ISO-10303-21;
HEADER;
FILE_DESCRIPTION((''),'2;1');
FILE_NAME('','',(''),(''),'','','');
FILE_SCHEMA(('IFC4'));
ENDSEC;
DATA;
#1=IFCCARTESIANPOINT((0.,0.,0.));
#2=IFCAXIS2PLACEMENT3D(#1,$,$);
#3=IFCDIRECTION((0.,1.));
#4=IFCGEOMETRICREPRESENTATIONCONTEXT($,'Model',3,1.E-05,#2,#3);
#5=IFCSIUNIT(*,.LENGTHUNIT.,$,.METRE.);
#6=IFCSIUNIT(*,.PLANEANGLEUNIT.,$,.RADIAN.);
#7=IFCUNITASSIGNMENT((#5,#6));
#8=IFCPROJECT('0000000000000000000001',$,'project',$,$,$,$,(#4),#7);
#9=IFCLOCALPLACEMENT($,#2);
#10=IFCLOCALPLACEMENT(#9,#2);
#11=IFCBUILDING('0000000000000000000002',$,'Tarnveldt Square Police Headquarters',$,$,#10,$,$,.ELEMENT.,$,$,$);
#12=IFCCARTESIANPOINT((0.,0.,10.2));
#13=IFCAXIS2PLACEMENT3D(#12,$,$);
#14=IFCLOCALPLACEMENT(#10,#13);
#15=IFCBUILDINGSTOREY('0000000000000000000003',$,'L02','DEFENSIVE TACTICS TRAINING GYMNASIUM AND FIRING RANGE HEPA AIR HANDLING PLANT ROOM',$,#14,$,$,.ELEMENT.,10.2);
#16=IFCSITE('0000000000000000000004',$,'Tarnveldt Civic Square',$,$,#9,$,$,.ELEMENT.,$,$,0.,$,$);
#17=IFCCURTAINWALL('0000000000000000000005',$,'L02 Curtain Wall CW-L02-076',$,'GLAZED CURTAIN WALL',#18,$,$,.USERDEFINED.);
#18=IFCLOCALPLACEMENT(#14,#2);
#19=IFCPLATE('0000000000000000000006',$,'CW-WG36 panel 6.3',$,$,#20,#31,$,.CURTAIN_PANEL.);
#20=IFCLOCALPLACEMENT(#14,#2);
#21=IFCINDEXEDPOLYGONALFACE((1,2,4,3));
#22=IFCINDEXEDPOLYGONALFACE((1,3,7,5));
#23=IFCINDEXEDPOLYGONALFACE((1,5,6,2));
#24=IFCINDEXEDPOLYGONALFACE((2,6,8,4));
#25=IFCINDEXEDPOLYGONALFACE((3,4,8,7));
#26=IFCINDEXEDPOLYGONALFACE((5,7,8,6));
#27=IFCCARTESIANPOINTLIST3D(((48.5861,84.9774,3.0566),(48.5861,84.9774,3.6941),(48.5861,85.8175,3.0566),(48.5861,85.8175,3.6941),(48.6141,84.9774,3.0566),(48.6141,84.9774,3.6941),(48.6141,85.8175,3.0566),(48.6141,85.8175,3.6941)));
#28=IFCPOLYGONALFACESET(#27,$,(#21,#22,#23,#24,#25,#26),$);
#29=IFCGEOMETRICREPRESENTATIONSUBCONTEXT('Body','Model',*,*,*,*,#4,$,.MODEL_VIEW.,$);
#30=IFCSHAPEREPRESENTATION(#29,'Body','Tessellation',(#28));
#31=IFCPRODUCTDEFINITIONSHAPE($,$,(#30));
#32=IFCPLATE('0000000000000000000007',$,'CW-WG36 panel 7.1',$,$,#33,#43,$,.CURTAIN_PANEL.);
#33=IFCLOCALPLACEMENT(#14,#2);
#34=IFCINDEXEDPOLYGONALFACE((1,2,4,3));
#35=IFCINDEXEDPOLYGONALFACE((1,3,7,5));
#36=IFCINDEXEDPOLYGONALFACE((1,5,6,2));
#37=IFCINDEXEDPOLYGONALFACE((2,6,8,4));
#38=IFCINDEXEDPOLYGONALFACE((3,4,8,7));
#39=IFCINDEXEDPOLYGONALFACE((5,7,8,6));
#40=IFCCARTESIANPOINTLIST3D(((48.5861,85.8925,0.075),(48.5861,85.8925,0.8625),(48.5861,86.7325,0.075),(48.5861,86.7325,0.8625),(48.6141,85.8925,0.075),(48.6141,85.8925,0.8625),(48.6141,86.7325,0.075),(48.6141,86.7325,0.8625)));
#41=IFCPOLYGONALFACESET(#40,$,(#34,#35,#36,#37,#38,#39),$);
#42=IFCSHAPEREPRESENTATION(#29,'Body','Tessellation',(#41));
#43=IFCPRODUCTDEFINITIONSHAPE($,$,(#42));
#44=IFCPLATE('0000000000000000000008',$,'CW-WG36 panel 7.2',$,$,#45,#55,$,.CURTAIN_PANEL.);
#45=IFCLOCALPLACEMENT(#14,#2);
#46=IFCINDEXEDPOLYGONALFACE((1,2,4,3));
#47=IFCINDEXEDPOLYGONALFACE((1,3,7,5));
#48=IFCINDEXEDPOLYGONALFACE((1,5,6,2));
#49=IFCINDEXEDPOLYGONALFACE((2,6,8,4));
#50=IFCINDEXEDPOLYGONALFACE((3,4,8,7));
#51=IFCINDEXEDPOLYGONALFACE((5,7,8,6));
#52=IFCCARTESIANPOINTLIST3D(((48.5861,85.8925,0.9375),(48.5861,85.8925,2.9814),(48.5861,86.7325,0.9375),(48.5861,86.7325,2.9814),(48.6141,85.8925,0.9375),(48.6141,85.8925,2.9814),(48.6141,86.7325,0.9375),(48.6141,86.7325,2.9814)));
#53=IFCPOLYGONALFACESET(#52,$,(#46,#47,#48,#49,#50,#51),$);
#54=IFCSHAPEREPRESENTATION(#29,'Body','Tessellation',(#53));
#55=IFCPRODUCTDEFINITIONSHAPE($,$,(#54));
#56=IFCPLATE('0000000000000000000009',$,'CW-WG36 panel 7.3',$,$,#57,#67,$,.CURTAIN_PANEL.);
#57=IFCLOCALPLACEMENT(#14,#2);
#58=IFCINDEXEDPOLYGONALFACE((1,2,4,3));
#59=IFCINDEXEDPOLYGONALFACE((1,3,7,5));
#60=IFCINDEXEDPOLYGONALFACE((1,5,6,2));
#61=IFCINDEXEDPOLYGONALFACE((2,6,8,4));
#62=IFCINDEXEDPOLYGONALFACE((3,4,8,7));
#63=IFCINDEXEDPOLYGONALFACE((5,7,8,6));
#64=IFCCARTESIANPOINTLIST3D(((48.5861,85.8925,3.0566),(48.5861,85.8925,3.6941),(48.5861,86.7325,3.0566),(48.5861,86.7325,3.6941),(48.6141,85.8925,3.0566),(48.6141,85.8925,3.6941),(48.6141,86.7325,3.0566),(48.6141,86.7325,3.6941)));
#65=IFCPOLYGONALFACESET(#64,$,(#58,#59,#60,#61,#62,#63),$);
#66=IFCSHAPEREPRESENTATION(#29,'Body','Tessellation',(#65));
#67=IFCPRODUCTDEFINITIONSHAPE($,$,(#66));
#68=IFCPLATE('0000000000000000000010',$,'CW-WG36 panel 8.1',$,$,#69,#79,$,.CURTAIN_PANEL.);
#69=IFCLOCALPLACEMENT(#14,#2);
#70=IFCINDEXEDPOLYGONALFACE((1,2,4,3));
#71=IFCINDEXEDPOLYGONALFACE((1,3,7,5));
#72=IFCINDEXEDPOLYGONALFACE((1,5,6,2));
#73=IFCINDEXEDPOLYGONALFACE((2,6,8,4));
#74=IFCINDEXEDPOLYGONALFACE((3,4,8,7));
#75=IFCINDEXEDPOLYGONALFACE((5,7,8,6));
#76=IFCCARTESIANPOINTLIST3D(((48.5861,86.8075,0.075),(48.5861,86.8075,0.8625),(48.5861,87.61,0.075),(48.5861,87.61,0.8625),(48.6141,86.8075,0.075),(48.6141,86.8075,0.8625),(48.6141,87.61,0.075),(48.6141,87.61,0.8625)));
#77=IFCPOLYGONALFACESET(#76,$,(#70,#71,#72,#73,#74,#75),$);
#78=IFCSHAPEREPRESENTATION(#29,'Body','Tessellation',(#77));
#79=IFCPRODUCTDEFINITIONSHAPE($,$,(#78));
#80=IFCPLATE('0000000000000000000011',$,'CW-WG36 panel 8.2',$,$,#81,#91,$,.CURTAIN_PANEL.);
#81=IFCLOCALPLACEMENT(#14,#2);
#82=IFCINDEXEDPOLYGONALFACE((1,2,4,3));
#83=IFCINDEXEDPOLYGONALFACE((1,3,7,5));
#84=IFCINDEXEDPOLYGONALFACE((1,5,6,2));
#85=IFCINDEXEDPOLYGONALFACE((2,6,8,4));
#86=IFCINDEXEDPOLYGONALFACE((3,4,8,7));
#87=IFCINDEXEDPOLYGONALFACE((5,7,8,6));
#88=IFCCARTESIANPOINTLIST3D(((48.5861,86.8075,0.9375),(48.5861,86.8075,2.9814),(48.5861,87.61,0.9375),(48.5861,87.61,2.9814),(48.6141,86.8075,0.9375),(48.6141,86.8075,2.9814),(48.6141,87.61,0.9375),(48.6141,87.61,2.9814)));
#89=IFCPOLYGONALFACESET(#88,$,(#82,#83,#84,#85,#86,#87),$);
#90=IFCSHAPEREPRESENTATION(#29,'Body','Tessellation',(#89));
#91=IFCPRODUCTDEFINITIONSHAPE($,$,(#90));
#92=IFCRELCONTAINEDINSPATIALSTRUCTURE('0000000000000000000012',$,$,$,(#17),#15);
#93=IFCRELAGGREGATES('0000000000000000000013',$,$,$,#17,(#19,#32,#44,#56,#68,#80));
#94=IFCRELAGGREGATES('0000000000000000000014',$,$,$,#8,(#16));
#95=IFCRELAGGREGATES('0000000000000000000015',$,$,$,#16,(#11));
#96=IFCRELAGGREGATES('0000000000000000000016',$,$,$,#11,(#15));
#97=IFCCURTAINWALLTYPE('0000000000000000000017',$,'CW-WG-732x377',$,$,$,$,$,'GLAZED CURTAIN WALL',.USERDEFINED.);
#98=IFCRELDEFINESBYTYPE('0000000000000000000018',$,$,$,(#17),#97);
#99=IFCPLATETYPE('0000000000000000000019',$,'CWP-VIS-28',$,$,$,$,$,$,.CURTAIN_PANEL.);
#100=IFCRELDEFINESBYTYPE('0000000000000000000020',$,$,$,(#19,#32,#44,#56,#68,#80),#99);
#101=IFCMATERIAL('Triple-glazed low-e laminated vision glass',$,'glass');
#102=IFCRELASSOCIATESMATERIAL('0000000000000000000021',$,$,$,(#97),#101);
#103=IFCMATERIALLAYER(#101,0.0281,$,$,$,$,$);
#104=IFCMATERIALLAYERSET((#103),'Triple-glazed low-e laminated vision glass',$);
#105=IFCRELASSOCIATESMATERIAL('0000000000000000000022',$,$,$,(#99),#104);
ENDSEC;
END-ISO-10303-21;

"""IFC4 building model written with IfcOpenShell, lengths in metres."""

from ifc_helpers import new_model, si_unit, direction, frame, origin, origin_2d, place, context, subcontext, project, spatial, rectangle, extrude, material, layer, layer_set, type_object, element, aggregate, save


model = new_model("IFC4")

# Units and contexts
model_context = context("Model", 3, precision=1e-05, world=origin(), true_north=direction((0.0, 1.0)))
body_context = subcontext(model_context, "Body", "Model", "MODEL_VIEW")
ifc_project = project(units=[si_unit("LENGTHUNIT", "METRE"), si_unit("PLANEANGLEUNIT", "RADIAN")], contexts=[model_context])

# Site, building, storey
site_placement = place(None, origin())
site = spatial("IfcSite", under=ifc_project, at=site_placement, Name="Tarnveldt Civic Square", CompositionType="ELEMENT", RefElevation=0.0)
building_placement = place(site_placement, origin())
building = spatial("IfcBuilding", under=site, at=building_placement, Name="Tarnveldt Square Police Headquarters", CompositionType="ELEMENT")
storey_placement = place(building_placement, frame((0.0, 0.0, 10.2)))
storey = spatial("IfcBuildingStorey", under=building, at=storey_placement, Name="L02", Description="DEFENSIVE TACTICS TRAINING GYMNASIUM AND FIRING RANGE HEPA AIR HANDLING PLANT ROOM", CompositionType="ELEMENT", Elevation=10.2)

# Curtain wall, plates
ifc_material_1 = material(Name="Triple-glazed low-e laminated vision glass", Category="glass")
curtain_wall_type = type_object("IfcCurtainWallType", Name="CW-WG-732x377", ElementType="GLAZED CURTAIN WALL", PredefinedType="USERDEFINED", material=ifc_material_1)
curtain_wall_placement = place(storey_placement, origin())
curtain_wall = element("IfcCurtainWall", 1, at=curtain_wall_placement, inside=storey, type_object=curtain_wall_type, Name="L02 Curtain Wall CW-L02-076", ObjectType="GLAZED CURTAIN WALL", PredefinedType="USERDEFINED")
ifc_layer = layer(ifc_material_1, 0.0281)
ifc_layer_set = layer_set([ifc_layer], Name="Triple-glazed low-e laminated vision glass")
plate_type = type_object("IfcPlateType", Name="CWP-VIS-28", PredefinedType="CURTAIN_PANEL", material=ifc_layer_set)
plate_1_placement = place(storey_placement, frame((48.6001, 85.3975, 3.0566), z_axis=(0.0, 0.0, 1.0), x_axis=(0.0, 1.0, 0.0)))
plate_1 = element("IfcPlate", 2, at=plate_1_placement, type_object=plate_type, Name="CW-WG36 panel 6.3", PredefinedType="CURTAIN_PANEL", context=body_context, shape_type="SweptSolid", body=[
    extrude(rectangle(XDim=0.8401, YDim=0.0281, at=origin_2d()), origin(), (0.0, 0.0, 1.0), 0.6375),
])
plate_2_placement = place(storey_placement, frame((48.6001, 86.3125, 0.075), z_axis=(0.0, 0.0, 1.0), x_axis=(0.0, 1.0, 0.0)))
plate_2 = element("IfcPlate", 3, at=plate_2_placement, type_object=plate_type, Name="CW-WG36 panel 7.1", PredefinedType="CURTAIN_PANEL", context=body_context, shape_type="SweptSolid", body=[
    extrude(rectangle(XDim=0.8401, YDim=0.0281, at=origin_2d()), origin(), (0.0, 0.0, 1.0), 0.7876),
])
plate_3_placement = place(storey_placement, frame((48.6001, 86.3125, 0.9375), z_axis=(0.0, 0.0, 1.0), x_axis=(0.0, 1.0, 0.0)))
plate_3 = element("IfcPlate", 4, at=plate_3_placement, type_object=plate_type, Name="CW-WG36 panel 7.2", PredefinedType="CURTAIN_PANEL", context=body_context, shape_type="SweptSolid", body=[
    extrude(rectangle(XDim=0.8401, YDim=0.0281, at=origin_2d()), origin(), (0.0, 0.0, 1.0), 2.0439),
])
plate_4_placement = place(storey_placement, frame((48.6001, 86.3125, 3.0566), z_axis=(0.0, 0.0, 1.0), x_axis=(0.0, 1.0, 0.0)))
plate_4 = element("IfcPlate", 5, at=plate_4_placement, type_object=plate_type, Name="CW-WG36 panel 7.3", PredefinedType="CURTAIN_PANEL", context=body_context, shape_type="SweptSolid", body=[
    extrude(rectangle(XDim=0.8401, YDim=0.0281, at=origin_2d()), origin(), (0.0, 0.0, 1.0), 0.6375),
])
plate_5_placement = place(storey_placement, frame((48.6001, 87.2087, 0.075), z_axis=(0.0, 0.0, 1.0), x_axis=(0.0, 1.0, 0.0)))
plate_5 = element("IfcPlate", 6, at=plate_5_placement, type_object=plate_type, Name="CW-WG36 panel 8.1", PredefinedType="CURTAIN_PANEL", context=body_context, shape_type="SweptSolid", body=[
    extrude(rectangle(XDim=0.8025, YDim=0.0281, at=origin_2d()), origin(), (0.0, 0.0, 1.0), 0.7876),
])
plate_6_placement = place(storey_placement, frame((48.6001, 87.2087, 0.9375), z_axis=(0.0, 0.0, 1.0), x_axis=(0.0, 1.0, 0.0)))
plate_6 = element("IfcPlate", 7, at=plate_6_placement, type_object=plate_type, Name="CW-WG36 panel 8.2", PredefinedType="CURTAIN_PANEL", context=body_context, shape_type="SweptSolid", body=[
    extrude(rectangle(XDim=0.8025, YDim=0.0281, at=origin_2d()), origin(), (0.0, 0.0, 1.0), 2.0439),
])
aggregate(curtain_wall, [plate_1, plate_2, plate_3, plate_4, plate_5, plate_6])

save(model, "model.ifc")
